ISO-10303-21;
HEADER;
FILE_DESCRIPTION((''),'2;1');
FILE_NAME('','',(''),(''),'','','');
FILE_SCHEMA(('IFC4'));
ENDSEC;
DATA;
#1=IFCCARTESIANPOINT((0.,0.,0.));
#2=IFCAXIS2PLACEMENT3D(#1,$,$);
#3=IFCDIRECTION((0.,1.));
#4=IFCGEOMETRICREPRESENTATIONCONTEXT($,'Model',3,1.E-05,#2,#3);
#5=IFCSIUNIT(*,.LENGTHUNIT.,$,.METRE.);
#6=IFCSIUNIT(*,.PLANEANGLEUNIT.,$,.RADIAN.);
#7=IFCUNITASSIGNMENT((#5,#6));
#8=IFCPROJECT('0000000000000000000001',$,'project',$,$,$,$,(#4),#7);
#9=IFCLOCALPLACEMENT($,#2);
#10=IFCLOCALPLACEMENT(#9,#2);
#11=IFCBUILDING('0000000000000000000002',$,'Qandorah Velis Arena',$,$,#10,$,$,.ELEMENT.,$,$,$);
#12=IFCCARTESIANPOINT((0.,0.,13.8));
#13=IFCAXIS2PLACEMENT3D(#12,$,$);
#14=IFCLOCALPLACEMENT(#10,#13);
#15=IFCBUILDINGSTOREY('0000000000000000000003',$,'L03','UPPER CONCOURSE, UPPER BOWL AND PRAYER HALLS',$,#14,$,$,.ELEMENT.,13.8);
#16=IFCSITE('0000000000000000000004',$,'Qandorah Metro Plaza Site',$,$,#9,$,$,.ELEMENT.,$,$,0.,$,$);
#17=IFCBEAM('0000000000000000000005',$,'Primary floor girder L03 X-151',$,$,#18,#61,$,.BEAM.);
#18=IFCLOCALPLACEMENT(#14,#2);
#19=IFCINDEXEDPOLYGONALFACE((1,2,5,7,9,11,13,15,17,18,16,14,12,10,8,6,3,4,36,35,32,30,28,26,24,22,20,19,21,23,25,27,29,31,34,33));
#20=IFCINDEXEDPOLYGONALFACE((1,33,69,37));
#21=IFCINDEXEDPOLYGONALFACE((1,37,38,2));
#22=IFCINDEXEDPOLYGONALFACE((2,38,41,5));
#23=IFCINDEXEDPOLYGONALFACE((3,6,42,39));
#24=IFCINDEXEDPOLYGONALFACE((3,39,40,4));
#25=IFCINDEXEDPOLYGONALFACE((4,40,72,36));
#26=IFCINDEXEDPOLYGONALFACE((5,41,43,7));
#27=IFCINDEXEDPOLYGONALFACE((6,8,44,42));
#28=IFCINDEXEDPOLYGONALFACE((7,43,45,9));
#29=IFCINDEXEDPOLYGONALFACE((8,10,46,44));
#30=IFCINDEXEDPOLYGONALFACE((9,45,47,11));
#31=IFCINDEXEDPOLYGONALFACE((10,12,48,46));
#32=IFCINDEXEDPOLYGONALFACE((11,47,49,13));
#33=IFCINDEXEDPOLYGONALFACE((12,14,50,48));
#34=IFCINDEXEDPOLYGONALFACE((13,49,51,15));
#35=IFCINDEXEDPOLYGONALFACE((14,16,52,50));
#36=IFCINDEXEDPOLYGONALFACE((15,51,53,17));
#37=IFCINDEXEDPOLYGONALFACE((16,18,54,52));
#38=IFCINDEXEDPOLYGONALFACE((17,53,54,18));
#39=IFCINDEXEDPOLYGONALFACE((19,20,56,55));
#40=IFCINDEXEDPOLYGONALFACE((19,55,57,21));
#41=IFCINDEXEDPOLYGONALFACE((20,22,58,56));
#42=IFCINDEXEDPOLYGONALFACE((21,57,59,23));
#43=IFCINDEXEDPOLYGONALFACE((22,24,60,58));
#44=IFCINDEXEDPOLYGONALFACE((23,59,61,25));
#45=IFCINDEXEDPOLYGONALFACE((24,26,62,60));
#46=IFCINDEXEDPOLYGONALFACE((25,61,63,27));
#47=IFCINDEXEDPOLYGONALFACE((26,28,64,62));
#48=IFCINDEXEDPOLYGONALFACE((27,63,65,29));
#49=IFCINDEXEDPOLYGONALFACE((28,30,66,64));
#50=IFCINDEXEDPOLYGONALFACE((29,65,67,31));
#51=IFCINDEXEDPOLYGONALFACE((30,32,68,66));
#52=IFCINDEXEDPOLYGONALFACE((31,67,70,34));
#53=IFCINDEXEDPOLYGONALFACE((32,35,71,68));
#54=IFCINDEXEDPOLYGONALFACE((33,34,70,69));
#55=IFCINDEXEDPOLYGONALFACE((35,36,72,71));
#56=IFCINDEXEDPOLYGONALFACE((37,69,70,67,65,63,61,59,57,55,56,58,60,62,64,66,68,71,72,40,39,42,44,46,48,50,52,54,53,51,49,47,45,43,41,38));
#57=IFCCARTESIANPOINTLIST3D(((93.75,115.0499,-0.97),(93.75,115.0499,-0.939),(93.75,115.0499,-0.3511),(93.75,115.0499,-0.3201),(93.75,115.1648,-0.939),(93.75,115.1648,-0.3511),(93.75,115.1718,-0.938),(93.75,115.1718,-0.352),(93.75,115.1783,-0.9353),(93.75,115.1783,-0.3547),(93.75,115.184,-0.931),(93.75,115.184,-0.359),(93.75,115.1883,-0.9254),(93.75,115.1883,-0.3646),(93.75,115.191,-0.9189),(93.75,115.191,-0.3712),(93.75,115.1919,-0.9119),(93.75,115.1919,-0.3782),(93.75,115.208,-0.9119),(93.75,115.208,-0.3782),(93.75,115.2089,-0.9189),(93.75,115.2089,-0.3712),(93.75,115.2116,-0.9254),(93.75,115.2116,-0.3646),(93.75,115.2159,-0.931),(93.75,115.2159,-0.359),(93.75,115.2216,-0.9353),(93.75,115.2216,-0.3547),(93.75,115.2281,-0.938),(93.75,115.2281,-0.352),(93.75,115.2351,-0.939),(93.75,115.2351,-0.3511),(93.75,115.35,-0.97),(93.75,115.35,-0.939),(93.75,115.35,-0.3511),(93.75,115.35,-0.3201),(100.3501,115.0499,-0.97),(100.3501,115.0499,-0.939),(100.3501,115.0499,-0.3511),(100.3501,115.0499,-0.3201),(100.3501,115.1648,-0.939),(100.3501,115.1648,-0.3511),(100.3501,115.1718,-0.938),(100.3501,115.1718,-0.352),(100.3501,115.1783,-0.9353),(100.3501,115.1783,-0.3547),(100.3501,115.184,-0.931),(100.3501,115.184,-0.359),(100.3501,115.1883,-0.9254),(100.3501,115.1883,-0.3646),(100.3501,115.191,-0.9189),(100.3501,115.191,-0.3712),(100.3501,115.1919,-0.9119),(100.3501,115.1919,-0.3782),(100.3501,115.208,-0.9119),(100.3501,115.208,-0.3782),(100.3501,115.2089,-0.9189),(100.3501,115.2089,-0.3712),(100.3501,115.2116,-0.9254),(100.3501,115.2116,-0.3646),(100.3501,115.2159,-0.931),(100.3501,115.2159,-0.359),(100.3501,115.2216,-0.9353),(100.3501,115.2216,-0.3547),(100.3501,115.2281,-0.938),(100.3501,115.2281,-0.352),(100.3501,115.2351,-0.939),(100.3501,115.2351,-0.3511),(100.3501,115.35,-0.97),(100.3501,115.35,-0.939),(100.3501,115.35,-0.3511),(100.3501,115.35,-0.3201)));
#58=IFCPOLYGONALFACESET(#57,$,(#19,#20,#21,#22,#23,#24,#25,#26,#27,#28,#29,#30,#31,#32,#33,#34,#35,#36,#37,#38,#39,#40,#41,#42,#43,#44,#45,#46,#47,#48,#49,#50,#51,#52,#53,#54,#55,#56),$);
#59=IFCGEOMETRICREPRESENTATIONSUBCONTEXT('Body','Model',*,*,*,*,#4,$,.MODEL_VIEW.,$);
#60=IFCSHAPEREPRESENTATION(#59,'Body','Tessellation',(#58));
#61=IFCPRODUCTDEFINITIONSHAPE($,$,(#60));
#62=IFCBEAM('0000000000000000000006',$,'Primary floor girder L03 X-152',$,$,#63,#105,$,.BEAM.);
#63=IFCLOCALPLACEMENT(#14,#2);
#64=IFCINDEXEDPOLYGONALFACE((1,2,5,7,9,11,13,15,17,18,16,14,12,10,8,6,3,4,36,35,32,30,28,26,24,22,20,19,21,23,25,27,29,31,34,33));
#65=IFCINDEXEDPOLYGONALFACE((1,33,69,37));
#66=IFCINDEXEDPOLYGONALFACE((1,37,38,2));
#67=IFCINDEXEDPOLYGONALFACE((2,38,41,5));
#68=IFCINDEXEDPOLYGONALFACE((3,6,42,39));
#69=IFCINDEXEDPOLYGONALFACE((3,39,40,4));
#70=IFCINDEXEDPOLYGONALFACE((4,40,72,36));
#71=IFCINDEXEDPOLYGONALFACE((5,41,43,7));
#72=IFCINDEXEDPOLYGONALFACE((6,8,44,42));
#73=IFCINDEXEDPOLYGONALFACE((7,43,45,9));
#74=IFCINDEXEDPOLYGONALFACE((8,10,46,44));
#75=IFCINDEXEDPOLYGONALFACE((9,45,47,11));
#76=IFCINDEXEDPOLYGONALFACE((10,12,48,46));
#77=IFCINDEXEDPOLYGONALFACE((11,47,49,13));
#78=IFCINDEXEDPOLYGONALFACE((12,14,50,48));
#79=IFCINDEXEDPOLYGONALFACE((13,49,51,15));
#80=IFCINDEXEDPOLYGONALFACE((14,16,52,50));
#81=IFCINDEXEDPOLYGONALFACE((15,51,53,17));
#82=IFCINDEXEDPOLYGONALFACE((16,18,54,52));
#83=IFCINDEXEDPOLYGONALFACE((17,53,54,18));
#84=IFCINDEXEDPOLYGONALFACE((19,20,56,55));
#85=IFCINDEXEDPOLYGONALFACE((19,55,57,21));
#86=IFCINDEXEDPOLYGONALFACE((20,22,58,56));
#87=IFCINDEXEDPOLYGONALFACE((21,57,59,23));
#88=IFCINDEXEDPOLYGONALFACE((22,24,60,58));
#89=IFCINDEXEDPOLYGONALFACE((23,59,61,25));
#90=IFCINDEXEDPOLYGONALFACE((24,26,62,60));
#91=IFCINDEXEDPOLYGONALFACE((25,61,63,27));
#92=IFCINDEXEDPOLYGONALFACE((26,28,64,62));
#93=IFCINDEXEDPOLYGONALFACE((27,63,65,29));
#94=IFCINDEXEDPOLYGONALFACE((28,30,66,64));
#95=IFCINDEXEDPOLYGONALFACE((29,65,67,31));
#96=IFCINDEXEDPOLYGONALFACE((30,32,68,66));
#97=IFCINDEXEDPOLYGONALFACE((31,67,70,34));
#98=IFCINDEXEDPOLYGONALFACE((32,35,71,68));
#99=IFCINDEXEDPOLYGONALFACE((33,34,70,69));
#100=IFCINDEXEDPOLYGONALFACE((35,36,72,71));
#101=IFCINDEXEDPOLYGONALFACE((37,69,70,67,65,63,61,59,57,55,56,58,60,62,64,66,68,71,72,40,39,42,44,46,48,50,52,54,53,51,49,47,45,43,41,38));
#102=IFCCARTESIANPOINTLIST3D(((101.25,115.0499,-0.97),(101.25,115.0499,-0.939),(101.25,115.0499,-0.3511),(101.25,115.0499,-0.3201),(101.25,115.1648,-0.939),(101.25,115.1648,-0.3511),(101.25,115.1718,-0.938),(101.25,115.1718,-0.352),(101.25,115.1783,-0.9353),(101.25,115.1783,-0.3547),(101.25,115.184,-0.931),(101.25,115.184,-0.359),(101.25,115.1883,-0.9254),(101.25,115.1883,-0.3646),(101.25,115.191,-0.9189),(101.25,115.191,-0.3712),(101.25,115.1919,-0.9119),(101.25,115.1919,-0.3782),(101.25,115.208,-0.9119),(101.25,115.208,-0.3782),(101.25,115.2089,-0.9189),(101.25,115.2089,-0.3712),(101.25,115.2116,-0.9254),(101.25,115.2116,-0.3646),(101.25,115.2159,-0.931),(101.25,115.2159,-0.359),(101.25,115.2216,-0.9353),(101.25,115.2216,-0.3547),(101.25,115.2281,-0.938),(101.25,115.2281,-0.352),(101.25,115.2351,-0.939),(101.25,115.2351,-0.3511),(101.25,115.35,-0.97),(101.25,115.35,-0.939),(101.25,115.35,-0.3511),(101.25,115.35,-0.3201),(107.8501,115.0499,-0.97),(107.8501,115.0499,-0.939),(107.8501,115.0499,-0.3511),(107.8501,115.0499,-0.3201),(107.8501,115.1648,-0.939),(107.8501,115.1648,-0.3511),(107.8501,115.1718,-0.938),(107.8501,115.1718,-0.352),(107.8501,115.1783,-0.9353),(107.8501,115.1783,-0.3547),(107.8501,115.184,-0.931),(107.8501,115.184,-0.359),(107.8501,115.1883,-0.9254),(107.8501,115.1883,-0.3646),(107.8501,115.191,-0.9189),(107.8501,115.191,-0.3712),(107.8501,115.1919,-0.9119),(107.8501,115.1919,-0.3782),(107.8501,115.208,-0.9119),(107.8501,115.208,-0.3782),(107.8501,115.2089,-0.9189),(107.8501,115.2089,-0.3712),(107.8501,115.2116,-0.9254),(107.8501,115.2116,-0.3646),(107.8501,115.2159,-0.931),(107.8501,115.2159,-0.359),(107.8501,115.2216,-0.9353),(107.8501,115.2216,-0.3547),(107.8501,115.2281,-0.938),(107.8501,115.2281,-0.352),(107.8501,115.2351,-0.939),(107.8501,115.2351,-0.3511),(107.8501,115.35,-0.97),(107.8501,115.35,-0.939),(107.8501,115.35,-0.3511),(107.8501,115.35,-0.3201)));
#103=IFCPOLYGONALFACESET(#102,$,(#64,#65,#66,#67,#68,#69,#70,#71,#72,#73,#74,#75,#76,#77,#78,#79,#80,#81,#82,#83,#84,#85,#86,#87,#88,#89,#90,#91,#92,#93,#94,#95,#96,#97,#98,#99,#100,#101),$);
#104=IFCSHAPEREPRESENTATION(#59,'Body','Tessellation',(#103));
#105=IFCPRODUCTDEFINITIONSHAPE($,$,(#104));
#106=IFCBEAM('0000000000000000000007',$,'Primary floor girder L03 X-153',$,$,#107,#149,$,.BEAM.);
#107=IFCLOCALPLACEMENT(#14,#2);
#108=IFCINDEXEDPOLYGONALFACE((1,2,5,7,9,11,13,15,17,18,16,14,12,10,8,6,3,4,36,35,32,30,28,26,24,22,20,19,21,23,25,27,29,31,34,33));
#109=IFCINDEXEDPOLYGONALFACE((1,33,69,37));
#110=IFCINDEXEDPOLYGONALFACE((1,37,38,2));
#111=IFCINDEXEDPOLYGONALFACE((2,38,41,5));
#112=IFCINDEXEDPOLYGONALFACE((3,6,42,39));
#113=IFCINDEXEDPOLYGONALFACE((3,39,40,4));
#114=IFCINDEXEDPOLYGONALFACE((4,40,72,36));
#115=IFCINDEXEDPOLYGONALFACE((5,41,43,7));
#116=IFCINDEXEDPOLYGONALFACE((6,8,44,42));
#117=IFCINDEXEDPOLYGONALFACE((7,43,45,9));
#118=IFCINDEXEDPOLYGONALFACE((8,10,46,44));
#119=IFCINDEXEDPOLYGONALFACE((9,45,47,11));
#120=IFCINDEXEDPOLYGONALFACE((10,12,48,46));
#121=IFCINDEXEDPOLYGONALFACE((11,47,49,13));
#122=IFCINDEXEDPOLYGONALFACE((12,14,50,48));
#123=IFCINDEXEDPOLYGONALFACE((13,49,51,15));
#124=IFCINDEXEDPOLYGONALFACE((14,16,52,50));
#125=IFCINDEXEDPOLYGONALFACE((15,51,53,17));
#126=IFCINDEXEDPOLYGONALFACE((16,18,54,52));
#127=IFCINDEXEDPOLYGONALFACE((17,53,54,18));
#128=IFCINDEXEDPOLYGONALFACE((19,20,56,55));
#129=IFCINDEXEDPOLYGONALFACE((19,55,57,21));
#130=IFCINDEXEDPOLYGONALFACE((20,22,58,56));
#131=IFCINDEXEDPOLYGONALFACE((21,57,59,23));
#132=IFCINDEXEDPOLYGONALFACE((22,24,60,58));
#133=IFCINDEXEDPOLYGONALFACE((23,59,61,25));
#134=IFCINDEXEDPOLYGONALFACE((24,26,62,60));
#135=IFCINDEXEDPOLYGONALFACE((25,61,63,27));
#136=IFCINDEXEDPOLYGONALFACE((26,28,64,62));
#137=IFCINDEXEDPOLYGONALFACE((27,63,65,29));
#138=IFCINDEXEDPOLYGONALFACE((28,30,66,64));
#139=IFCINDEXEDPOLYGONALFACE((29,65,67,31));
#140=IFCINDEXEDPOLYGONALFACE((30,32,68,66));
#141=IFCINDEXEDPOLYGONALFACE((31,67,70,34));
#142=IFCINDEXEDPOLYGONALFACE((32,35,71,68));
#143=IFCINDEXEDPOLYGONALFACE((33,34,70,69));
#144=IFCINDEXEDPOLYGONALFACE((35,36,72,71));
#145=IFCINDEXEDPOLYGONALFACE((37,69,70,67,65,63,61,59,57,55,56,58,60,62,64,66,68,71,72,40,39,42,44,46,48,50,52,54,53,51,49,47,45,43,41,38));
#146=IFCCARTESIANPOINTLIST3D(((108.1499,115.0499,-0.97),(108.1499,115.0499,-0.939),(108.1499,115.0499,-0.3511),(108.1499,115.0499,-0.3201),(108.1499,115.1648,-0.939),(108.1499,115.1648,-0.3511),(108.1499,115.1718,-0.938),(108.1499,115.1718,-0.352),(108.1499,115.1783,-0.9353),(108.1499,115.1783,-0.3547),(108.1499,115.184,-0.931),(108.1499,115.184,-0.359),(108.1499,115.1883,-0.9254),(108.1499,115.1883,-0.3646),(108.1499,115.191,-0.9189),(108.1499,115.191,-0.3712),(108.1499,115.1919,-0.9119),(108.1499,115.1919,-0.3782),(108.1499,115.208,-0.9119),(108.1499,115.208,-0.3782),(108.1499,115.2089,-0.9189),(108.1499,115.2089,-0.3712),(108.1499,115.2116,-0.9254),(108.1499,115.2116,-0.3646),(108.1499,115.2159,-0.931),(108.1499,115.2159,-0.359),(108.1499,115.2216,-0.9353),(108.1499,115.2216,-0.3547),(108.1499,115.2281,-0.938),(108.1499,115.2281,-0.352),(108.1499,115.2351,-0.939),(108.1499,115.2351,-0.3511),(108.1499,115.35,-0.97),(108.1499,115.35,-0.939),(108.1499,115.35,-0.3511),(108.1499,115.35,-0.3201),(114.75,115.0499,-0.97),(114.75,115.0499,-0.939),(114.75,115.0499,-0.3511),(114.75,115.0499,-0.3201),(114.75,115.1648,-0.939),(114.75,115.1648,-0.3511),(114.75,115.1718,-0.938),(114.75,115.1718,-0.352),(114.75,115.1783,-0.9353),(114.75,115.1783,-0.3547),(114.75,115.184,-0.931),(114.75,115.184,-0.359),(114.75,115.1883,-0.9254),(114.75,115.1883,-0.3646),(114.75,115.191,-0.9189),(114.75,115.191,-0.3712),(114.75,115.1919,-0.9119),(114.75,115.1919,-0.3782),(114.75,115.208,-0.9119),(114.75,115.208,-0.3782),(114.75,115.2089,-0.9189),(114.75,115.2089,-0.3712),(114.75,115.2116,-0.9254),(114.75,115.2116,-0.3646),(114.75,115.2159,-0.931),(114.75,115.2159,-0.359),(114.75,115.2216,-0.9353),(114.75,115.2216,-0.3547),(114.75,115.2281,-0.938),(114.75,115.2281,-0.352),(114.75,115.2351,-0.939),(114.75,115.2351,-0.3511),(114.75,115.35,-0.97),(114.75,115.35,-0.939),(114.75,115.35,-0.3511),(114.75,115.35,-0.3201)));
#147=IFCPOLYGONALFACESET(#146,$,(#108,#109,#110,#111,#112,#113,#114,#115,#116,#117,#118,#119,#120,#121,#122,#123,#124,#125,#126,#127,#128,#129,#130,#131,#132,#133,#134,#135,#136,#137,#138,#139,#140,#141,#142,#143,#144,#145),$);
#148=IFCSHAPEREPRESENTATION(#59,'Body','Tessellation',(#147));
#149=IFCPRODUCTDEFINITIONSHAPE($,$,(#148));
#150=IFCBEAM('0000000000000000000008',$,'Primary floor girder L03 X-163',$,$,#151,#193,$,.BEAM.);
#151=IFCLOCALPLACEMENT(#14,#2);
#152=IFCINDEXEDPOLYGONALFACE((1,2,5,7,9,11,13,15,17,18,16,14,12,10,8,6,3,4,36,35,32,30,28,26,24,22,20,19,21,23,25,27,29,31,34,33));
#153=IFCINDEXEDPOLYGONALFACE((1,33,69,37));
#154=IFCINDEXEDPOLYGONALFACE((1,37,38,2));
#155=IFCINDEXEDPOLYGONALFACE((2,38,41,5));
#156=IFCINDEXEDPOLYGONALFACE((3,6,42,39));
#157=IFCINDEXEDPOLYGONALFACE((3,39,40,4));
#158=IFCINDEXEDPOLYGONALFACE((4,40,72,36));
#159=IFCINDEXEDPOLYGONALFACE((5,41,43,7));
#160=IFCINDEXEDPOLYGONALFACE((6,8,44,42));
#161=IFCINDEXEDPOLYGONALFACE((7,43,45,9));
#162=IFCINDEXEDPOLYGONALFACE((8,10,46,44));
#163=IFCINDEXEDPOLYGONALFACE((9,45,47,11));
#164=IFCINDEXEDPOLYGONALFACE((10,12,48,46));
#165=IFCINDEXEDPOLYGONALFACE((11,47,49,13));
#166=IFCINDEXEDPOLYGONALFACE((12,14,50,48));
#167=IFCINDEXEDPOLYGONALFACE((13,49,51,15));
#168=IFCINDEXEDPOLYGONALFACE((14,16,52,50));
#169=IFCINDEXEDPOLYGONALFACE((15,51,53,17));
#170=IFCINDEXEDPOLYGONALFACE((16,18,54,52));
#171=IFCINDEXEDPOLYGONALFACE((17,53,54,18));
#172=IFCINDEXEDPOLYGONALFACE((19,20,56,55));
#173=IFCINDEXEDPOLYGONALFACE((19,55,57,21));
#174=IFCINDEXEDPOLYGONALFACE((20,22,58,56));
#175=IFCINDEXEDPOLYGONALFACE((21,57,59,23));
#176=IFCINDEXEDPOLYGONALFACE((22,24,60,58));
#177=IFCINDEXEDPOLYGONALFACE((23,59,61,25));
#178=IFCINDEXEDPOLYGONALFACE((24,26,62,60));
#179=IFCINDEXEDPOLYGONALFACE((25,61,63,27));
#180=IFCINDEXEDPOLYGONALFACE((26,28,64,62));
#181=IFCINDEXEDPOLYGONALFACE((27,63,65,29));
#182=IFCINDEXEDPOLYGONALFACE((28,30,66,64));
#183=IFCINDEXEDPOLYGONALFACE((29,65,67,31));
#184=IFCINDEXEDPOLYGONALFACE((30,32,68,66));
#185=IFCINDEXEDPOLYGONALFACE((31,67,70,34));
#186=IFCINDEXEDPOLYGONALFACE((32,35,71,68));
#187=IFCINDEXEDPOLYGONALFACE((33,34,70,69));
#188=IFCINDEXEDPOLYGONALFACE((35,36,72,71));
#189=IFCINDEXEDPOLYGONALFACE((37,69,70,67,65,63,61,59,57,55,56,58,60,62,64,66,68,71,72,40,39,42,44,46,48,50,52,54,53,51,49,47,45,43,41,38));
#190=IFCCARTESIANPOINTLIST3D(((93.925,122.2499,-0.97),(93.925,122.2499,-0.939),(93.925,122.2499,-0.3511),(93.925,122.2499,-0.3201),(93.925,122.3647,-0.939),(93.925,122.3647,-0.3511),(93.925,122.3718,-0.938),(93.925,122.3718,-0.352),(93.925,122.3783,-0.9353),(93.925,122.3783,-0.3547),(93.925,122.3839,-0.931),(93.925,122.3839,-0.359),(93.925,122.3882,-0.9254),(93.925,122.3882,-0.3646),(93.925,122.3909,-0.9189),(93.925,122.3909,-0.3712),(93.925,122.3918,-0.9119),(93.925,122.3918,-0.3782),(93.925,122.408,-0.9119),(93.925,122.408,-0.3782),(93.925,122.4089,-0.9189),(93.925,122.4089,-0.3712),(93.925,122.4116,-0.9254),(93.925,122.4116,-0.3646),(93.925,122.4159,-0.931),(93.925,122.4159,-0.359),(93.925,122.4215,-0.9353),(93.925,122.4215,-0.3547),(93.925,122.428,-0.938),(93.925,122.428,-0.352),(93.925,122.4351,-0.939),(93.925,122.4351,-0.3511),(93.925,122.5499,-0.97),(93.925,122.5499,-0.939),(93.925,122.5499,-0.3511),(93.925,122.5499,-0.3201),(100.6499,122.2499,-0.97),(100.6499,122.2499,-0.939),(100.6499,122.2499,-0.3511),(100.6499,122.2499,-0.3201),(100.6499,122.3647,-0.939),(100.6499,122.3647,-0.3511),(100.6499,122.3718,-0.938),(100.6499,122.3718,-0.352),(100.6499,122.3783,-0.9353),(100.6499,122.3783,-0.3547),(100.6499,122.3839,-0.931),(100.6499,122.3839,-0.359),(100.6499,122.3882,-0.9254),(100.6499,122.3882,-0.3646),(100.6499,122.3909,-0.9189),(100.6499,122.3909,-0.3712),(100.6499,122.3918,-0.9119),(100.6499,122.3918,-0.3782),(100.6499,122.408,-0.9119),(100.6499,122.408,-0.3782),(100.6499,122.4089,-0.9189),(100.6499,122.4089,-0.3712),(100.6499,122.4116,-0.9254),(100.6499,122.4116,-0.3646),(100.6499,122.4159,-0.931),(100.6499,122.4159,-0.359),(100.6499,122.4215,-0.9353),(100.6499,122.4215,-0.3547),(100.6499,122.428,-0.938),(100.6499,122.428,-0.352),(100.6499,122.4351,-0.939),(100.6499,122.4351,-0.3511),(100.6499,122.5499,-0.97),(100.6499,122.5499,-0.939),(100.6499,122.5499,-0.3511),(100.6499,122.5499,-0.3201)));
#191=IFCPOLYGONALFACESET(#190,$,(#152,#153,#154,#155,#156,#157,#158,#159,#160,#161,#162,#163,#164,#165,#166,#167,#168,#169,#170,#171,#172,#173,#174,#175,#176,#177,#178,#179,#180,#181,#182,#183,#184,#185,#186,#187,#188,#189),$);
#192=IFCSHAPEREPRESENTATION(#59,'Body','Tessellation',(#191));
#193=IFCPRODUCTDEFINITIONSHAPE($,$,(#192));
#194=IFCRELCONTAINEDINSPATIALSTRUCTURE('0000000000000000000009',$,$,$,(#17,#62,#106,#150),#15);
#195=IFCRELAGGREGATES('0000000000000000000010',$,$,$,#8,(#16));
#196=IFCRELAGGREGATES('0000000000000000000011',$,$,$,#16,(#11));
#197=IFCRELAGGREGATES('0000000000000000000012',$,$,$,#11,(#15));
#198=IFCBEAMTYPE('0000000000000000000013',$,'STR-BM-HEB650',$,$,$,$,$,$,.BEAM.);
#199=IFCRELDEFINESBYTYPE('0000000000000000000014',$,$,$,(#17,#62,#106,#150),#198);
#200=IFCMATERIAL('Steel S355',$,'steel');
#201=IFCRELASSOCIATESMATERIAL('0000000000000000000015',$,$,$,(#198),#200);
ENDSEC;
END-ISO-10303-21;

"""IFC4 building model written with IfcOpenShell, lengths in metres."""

from ifc_helpers import new_model, si_unit, direction, frame, origin, origin_2d, place, context, subcontext, project, spatial, i_section, extrude, material, material_profile, profile_set, type_object, element, save


model = new_model("IFC4")

# Units and contexts
model_context = context("Model", 3, precision=1e-05, world=origin(), true_north=direction((0.0, 1.0)))
body_context = subcontext(model_context, "Body", "Model", "MODEL_VIEW")
ifc_project = project(units=[si_unit("LENGTHUNIT", "METRE"), si_unit("PLANEANGLEUNIT", "RADIAN")], contexts=[model_context])

# Site, building, storey
site_placement = place(None, origin())
site = spatial("IfcSite", under=ifc_project, at=site_placement, Name="Qandorah Metro Plaza Site", CompositionType="ELEMENT", RefElevation=0.0)
building_placement = place(site_placement, origin())
building = spatial("IfcBuilding", under=site, at=building_placement, Name="Qandorah Velis Arena", CompositionType="ELEMENT")
storey_placement = place(building_placement, frame((0.0, 0.0, 13.8)))
storey = spatial("IfcBuildingStorey", under=building, at=storey_placement, Name="L03", Description="UPPER CONCOURSE, UPPER BOWL AND PRAYER HALLS", CompositionType="ELEMENT", Elevation=13.8)

# Beams
ifc_material_1 = material(Name="Steel S355", Category="steel")
ifc_material_profile_1 = material_profile(ifc_material_1, i_section(OverallWidth=0.3, OverallDepth=0.6499, WebThickness=0.0161, FlangeThickness=0.031, FilletRadius=0.0271, at=origin_2d()), Name="HEB 650")
ifc_profile_set_1 = profile_set([ifc_material_profile_1], Name="Steel S355")
beam_type_1 = type_object("IfcBeamType", Name="STR-BM-HEB650", PredefinedType="BEAM", material=ifc_profile_set_1)
for number, where, z_axis, x_axis, name in (
    (1, (93.75, 115.2, -0.645), (1.0, 0.0, 0.0), (0.0, 1.0, 0.0), "Primary floor girder L03 X-151"),
    (2, (101.25, 115.2, -0.645), (1.0, 0.0, 0.0), (0.0, 1.0, 0.0), "Primary floor girder L03 X-152"),
    (3, (108.1499, 115.2, -0.645), (1.0, 0.0, 0.0), (0.0, 1.0, 0.0), "Primary floor girder L03 X-153"),
):
    element("IfcBeam", number, at=place(storey_placement, frame(where, z_axis=z_axis, x_axis=x_axis)), inside=storey, type_object=beam_type_1, Name=name, PredefinedType="BEAM", context=body_context, shape_type="SweptSolid", body=[
        extrude(i_section(OverallWidth=0.3, OverallDepth=0.6499, WebThickness=0.0161, FlangeThickness=0.031, FilletRadius=0.0271, at=origin_2d()), origin(), (0.0, 0.0, 1.0), 6.6001),
    ])
beam_1_placement = place(storey_placement, frame((93.925, 122.3999, -0.645), z_axis=(1.0, 0.0, 0.0), x_axis=(0.0, 1.0, 0.0)))
element("IfcBeam", 4, at=beam_1_placement, inside=storey, type_object=beam_type_1, Name="Primary floor girder L03 X-163", PredefinedType="BEAM", context=body_context, shape_type="SweptSolid", body=[
    extrude(i_section(OverallWidth=0.3, OverallDepth=0.6499, WebThickness=0.0161, FlangeThickness=0.031, FilletRadius=0.0271, at=origin_2d()), origin(), (0.0, 0.0, 1.0), 6.7249),
])

save(model, "model.ifc")
